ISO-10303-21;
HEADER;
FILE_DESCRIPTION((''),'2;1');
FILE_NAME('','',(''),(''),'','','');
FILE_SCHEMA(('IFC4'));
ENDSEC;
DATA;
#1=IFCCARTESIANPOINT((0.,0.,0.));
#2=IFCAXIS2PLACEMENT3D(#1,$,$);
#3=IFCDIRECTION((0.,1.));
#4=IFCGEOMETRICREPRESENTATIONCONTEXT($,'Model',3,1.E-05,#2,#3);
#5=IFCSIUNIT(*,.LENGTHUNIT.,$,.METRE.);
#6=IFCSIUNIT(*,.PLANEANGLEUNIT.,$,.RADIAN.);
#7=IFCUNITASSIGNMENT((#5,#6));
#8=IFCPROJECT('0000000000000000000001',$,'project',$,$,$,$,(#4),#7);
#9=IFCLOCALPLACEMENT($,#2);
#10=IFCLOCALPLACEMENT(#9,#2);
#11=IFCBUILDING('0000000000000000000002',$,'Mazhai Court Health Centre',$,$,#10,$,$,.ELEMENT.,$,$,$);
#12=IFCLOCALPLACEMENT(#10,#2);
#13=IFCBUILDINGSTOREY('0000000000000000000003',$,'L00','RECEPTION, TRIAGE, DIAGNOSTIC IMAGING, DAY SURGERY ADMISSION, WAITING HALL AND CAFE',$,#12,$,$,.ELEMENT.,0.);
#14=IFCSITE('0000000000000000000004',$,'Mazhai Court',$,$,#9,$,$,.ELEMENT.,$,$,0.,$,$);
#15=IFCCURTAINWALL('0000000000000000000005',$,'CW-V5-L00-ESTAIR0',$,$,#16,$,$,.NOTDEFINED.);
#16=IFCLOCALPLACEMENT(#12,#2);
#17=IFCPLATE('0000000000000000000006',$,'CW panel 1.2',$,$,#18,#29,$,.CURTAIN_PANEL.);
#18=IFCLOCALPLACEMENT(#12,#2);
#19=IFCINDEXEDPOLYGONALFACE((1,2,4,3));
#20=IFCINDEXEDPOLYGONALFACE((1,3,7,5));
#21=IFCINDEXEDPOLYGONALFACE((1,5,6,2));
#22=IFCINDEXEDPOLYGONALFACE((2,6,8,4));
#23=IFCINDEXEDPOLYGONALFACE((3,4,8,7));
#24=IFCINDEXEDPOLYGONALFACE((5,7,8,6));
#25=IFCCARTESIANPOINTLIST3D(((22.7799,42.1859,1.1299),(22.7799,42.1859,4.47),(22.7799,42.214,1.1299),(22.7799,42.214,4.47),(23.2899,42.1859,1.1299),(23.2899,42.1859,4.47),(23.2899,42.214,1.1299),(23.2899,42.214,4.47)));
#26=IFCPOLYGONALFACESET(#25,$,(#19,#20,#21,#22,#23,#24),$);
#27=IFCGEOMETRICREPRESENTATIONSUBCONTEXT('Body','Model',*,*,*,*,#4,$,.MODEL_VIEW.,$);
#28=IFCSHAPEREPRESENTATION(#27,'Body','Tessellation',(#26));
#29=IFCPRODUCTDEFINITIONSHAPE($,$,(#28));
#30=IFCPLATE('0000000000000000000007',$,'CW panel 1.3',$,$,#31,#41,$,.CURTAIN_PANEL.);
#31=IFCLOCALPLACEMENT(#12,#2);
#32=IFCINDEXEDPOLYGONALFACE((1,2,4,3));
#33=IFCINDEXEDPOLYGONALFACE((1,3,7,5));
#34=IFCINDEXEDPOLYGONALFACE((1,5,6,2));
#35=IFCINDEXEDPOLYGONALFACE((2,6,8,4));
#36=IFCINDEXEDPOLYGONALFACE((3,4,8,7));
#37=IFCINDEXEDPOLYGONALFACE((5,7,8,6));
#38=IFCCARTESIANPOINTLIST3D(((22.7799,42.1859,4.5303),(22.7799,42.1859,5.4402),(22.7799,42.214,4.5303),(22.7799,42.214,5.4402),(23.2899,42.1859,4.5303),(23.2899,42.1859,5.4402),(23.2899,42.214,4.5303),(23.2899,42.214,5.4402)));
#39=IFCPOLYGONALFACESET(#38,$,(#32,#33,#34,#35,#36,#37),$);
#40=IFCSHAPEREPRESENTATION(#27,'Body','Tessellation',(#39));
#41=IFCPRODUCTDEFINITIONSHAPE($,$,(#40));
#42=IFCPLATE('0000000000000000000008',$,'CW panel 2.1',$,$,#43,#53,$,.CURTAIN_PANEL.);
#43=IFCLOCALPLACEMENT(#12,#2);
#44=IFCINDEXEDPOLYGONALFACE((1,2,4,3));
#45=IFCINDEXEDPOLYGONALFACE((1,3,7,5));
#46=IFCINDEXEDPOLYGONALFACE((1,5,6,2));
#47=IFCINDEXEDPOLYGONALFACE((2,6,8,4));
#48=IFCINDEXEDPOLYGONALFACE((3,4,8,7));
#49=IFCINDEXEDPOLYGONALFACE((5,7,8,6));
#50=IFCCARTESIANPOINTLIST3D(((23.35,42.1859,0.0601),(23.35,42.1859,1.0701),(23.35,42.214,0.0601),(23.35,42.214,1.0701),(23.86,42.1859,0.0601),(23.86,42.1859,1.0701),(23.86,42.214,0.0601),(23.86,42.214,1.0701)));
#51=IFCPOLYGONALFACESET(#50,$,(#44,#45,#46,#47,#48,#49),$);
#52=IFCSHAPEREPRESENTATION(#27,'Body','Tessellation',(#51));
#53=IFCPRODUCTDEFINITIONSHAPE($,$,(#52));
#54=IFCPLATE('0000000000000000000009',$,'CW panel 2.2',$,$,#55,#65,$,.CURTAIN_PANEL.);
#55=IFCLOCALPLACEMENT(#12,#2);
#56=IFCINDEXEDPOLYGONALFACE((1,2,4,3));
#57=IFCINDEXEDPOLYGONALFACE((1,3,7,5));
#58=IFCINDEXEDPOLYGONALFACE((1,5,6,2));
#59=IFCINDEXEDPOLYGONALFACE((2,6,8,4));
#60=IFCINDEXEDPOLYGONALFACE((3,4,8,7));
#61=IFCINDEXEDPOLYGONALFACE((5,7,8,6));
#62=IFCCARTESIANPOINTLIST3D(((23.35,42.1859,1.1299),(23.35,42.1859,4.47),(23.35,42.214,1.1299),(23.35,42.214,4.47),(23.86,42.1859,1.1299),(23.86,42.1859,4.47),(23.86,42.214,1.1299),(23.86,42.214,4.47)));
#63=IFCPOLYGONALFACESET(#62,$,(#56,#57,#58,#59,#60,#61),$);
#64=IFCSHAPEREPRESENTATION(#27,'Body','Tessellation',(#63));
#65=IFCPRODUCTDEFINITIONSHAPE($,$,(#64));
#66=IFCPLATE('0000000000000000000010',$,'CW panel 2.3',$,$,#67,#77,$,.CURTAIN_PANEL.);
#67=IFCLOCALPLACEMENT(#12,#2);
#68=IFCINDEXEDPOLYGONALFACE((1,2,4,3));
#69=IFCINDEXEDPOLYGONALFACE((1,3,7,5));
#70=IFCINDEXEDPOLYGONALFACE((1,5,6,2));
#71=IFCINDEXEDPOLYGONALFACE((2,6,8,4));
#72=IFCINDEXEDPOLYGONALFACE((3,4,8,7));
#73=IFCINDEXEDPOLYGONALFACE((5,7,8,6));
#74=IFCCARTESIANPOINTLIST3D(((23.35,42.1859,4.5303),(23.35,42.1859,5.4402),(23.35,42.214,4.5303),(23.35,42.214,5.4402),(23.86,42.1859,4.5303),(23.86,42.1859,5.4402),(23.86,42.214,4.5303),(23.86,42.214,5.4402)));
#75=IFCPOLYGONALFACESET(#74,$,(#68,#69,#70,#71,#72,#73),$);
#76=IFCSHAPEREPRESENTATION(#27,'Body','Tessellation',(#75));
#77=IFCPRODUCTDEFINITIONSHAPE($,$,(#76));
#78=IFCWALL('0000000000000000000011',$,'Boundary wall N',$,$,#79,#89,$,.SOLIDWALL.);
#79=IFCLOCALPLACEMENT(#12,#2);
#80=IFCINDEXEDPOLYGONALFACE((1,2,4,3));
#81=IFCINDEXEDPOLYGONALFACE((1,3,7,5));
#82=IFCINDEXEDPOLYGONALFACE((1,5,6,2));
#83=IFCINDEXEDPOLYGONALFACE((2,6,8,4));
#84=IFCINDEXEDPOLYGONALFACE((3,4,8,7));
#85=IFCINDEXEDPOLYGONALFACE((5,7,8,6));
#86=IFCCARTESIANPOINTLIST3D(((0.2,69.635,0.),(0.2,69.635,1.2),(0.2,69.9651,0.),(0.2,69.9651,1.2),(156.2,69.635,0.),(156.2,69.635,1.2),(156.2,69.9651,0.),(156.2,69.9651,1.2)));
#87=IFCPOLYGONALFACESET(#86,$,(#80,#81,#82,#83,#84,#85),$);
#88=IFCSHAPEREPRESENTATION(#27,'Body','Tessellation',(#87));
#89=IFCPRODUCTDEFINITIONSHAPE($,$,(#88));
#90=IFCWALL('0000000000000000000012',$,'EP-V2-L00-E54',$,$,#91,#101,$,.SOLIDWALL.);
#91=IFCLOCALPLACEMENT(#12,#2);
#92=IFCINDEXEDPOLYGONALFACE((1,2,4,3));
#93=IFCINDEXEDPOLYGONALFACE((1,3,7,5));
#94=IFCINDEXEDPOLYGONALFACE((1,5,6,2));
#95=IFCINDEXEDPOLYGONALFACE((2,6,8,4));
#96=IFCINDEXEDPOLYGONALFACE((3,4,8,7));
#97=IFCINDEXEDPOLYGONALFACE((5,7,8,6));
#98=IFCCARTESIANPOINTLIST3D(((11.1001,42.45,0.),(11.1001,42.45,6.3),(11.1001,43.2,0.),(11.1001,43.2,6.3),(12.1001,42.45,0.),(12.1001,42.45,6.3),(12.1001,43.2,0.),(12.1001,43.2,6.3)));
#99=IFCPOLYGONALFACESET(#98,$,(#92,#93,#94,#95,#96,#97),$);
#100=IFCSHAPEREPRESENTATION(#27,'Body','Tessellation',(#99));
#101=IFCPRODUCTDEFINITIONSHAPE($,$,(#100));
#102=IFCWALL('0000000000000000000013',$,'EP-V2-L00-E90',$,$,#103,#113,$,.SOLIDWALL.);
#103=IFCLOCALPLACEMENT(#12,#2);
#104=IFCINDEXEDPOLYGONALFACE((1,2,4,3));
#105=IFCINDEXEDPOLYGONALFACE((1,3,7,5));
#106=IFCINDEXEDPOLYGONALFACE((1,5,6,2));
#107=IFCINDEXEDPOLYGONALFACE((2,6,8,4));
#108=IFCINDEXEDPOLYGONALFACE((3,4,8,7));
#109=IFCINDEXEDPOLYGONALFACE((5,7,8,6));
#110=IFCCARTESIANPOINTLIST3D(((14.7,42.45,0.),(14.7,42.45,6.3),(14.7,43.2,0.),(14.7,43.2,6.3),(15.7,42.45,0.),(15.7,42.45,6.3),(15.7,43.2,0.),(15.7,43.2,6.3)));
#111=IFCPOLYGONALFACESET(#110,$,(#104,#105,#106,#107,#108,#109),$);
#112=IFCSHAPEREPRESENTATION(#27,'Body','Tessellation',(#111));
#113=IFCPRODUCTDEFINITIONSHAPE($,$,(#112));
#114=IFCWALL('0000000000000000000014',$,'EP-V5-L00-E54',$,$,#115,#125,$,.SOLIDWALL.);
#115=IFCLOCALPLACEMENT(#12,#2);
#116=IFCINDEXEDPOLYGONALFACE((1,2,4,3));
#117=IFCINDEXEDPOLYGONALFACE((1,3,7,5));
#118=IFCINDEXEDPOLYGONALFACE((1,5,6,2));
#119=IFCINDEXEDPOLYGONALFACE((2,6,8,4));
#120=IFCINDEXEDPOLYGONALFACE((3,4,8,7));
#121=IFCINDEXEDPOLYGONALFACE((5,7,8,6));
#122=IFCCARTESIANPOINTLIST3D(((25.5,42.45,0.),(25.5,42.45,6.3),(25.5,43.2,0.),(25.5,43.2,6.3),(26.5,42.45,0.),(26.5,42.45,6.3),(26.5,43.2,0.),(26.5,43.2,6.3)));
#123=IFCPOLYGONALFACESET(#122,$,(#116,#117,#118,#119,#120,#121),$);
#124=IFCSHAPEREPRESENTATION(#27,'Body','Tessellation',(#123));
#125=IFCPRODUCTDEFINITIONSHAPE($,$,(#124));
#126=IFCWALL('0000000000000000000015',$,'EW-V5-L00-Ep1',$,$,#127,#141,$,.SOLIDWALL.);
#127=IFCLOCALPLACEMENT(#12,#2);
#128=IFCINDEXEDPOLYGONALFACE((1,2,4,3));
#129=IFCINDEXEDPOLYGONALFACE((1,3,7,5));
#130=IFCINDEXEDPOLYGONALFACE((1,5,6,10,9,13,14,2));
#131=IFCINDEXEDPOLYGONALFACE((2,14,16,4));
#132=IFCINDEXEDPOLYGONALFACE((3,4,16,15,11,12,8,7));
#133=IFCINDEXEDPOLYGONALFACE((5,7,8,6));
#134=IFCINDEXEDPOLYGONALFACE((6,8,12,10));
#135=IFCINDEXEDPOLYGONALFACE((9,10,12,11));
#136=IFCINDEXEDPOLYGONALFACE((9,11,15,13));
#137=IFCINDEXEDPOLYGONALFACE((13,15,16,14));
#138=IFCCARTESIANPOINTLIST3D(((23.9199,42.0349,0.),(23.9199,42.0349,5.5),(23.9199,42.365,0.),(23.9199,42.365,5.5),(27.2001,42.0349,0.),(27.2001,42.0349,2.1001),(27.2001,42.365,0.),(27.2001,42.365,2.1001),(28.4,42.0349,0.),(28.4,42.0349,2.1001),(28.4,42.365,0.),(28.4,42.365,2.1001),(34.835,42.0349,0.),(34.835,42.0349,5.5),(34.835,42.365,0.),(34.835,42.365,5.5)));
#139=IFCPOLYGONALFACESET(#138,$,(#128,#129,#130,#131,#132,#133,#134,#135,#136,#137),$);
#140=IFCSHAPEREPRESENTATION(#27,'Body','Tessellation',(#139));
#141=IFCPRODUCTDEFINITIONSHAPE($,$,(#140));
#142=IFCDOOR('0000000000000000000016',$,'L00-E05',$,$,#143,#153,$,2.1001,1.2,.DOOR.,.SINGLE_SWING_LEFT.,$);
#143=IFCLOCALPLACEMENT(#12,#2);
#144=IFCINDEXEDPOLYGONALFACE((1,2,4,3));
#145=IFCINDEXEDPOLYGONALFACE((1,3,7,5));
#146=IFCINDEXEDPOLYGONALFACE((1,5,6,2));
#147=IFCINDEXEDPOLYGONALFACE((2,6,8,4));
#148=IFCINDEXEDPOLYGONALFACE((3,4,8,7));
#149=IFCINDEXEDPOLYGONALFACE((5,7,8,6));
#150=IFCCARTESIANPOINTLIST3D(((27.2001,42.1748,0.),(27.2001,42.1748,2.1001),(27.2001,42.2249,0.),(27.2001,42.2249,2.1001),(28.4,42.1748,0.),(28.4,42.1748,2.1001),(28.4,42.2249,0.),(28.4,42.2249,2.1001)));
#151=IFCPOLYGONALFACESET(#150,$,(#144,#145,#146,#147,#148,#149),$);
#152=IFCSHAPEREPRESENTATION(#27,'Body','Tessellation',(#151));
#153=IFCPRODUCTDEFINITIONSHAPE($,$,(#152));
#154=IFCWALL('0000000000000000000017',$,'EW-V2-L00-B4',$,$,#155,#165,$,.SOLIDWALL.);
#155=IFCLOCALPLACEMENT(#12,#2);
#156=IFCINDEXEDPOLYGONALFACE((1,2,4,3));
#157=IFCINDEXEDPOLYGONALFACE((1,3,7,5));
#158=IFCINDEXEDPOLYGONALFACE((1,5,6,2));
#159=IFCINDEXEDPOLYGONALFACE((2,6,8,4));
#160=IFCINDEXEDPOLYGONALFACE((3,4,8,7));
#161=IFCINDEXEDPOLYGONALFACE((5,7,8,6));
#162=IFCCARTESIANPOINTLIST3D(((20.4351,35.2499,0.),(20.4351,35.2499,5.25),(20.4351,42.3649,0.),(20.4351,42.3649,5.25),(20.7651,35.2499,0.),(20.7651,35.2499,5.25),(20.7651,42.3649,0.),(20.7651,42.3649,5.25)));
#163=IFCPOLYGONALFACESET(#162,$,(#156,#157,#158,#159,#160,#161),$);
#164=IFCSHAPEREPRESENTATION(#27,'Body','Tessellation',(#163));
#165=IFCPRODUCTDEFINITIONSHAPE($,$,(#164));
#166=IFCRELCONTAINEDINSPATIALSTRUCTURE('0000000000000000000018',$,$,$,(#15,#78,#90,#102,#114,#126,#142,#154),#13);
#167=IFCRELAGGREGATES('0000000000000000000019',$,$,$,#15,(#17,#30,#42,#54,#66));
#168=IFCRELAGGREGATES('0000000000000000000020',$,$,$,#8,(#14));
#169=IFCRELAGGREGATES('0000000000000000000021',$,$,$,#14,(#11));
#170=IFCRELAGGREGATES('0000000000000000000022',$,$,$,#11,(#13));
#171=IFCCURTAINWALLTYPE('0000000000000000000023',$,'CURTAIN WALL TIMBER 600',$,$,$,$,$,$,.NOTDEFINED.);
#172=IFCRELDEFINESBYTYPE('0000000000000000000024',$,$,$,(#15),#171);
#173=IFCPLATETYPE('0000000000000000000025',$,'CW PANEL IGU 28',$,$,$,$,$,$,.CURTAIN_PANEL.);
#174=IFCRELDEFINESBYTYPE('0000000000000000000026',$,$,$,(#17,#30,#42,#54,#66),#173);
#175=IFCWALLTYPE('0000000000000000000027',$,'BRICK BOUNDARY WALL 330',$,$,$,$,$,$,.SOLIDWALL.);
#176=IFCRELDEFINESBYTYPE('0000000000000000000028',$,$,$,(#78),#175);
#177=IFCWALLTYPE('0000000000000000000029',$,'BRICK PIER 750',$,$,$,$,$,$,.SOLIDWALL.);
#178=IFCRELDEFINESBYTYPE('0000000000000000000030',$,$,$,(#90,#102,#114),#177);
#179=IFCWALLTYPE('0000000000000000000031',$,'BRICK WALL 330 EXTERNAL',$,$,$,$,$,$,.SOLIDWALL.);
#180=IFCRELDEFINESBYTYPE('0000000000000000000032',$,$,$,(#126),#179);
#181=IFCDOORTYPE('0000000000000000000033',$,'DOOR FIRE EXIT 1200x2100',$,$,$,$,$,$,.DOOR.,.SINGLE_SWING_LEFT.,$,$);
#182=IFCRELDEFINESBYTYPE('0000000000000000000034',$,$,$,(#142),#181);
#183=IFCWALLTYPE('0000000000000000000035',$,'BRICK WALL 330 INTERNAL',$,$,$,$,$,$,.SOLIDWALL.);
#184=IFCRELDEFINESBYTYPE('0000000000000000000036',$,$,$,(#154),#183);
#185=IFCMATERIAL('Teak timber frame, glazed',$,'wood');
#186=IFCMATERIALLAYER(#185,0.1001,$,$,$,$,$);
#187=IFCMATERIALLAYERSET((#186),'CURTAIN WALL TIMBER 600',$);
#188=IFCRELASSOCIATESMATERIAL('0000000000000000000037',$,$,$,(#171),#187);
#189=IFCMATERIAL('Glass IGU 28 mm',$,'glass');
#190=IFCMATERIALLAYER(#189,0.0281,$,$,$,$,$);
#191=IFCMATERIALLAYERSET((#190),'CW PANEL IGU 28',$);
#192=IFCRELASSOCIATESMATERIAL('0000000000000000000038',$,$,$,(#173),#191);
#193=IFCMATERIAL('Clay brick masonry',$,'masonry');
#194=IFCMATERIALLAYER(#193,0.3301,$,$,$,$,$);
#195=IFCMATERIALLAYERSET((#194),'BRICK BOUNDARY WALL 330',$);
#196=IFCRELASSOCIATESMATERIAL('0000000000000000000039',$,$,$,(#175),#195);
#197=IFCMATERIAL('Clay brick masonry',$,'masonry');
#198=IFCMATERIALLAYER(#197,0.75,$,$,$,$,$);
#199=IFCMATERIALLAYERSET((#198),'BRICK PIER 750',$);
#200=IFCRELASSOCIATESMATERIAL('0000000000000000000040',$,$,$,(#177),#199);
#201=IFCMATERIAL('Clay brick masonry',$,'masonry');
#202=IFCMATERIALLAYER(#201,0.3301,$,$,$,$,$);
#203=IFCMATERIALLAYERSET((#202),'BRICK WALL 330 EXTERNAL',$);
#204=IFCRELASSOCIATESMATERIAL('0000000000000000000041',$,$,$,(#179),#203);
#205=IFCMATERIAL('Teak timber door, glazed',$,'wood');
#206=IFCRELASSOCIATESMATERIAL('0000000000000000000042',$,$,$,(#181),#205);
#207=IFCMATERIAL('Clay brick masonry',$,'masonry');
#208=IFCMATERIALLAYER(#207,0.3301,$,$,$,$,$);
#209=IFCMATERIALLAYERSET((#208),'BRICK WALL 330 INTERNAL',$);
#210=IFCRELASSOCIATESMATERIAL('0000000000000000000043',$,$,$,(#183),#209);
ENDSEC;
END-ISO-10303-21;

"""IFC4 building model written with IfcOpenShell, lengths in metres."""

from ifc_helpers import new_model, si_unit, direction, frame, frame_2d, origin, origin_2d, place, context, subcontext, project, spatial, rectangle, extrude, material, layer, layer_set, type_object, element, fill, aggregate, save


model = new_model("IFC4")

# Units and contexts
model_context = context("Model", 3, precision=1e-05, world=origin(), true_north=direction((0.0, 1.0)))
body_context = subcontext(model_context, "Body", "Model", "MODEL_VIEW")
ifc_project = project(units=[si_unit("LENGTHUNIT", "METRE"), si_unit("PLANEANGLEUNIT", "RADIAN")], contexts=[model_context])

# Site, building, storey
site_placement = place(None, origin())
site = spatial("IfcSite", under=ifc_project, at=site_placement, Name="Mazhai Court", CompositionType="ELEMENT", RefElevation=0.0)
building_placement = place(site_placement, origin())
building = spatial("IfcBuilding", under=site, at=building_placement, Name="Mazhai Court Health Centre", CompositionType="ELEMENT")
storey_placement = place(building_placement, origin())
storey = spatial("IfcBuildingStorey", under=building, at=storey_placement, Name="L00", Description="RECEPTION, TRIAGE, DIAGNOSTIC IMAGING, DAY SURGERY ADMISSION, WAITING HALL AND CAFE", CompositionType="ELEMENT", Elevation=0.0)

# Curtain wall, plates
ifc_material_1 = material(Name="Teak timber frame, glazed", Category="wood")
ifc_layer_1 = layer(ifc_material_1, 0.1001)
ifc_layer_set_1 = layer_set([ifc_layer_1], Name="CURTAIN WALL TIMBER 600")
curtain_wall_type = type_object("IfcCurtainWallType", Name="CURTAIN WALL TIMBER 600", PredefinedType="NOTDEFINED", material=ifc_layer_set_1)
curtain_wall_placement = place(storey_placement, origin())
curtain_wall = element("IfcCurtainWall", 1, at=curtain_wall_placement, inside=storey, type_object=curtain_wall_type, Name="CW-V5-L00-ESTAIR0", PredefinedType="NOTDEFINED")
ifc_material_2 = material(Name="Glass IGU 28 mm", Category="glass")
ifc_layer_2 = layer(ifc_material_2, 0.0281)
ifc_layer_set_2 = layer_set([ifc_layer_2], Name="CW PANEL IGU 28")
plate_type = type_object("IfcPlateType", Name="CW PANEL IGU 28", PredefinedType="CURTAIN_PANEL", material=ifc_layer_set_2)
plate_1_placement = place(storey_placement, frame((23.0349, 42.2, 1.1299), z_axis=(0.0, 0.0, 1.0), x_axis=(1.0, 0.0, 0.0)))
plate_1 = element("IfcPlate", 2, at=plate_1_placement, type_object=plate_type, Name="CW panel 1.2", PredefinedType="CURTAIN_PANEL", context=body_context, shape_type="SweptSolid", body=[
    extrude(rectangle(XDim=0.51, YDim=0.0281, at=origin_2d()), origin(), (0.0, 0.0, 1.0), 3.3401),
])
plate_2_placement = place(storey_placement, frame((23.0349, 42.2, 4.5303), z_axis=(0.0, 0.0, 1.0), x_axis=(1.0, 0.0, 0.0)))
plate_2 = element("IfcPlate", 3, at=plate_2_placement, type_object=plate_type, Name="CW panel 1.3", PredefinedType="CURTAIN_PANEL", context=body_context, shape_type="SweptSolid", body=[
    extrude(rectangle(XDim=0.51, YDim=0.0281, at=origin_2d()), origin(), (0.0, 0.0, 1.0), 0.9099),
])
plate_3_placement = place(storey_placement, frame((23.605, 42.2, 0.0601), z_axis=(0.0, 0.0, 1.0), x_axis=(1.0, 0.0, 0.0)))
plate_3 = element("IfcPlate", 4, at=plate_3_placement, type_object=plate_type, Name="CW panel 2.1", PredefinedType="CURTAIN_PANEL", context=body_context, shape_type="SweptSolid", body=[
    extrude(rectangle(XDim=0.51, YDim=0.0281, at=origin_2d()), origin(), (0.0, 0.0, 1.0), 1.01),
])
plate_4_placement = place(storey_placement, frame((23.605, 42.2, 1.1299), z_axis=(0.0, 0.0, 1.0), x_axis=(1.0, 0.0, 0.0)))
plate_4 = element("IfcPlate", 5, at=plate_4_placement, type_object=plate_type, Name="CW panel 2.2", PredefinedType="CURTAIN_PANEL", context=body_context, shape_type="SweptSolid", body=[
    extrude(rectangle(XDim=0.51, YDim=0.0281, at=origin_2d()), origin(), (0.0, 0.0, 1.0), 3.3401),
])
plate_5_placement = place(storey_placement, frame((23.605, 42.2, 4.5303), z_axis=(0.0, 0.0, 1.0), x_axis=(1.0, 0.0, 0.0)))
plate_5 = element("IfcPlate", 6, at=plate_5_placement, type_object=plate_type, Name="CW panel 2.3", PredefinedType="CURTAIN_PANEL", context=body_context, shape_type="SweptSolid", body=[
    extrude(rectangle(XDim=0.51, YDim=0.0281, at=origin_2d()), origin(), (0.0, 0.0, 1.0), 0.9099),
])
aggregate(curtain_wall, [plate_1, plate_2, plate_3, plate_4, plate_5])

# Walls
ifc_material_3 = material(Name="Clay brick masonry", Category="masonry")
ifc_layer_3 = layer(ifc_material_3, 0.3301)
ifc_layer_set_3 = layer_set([ifc_layer_3], Name="BRICK BOUNDARY WALL 330")
wall_type_1 = type_object("IfcWallType", Name="BRICK BOUNDARY WALL 330", PredefinedType="SOLIDWALL", material=ifc_layer_set_3)
wall_1_placement = place(storey_placement, frame((0.2, 69.8, 0.0), z_axis=(0.0, 0.0, 1.0), x_axis=(1.0, 0.0, 0.0)))
element("IfcWall", 7, at=wall_1_placement, inside=storey, type_object=wall_type_1, Name="Boundary wall N", PredefinedType="SOLIDWALL", context=body_context, shape_type="SweptSolid", body=[
    extrude(rectangle(XDim=156.0, YDim=0.3301, at=frame_2d((78.0, 0.0))), origin(), (0.0, 0.0, 1.0), 1.2),
])
ifc_material_4 = material(Name="Clay brick masonry", Category="masonry")
ifc_layer_4 = layer(ifc_material_4, 0.75)
ifc_layer_set_4 = layer_set([ifc_layer_4], Name="BRICK PIER 750")
wall_type_2 = type_object("IfcWallType", Name="BRICK PIER 750", PredefinedType="SOLIDWALL", material=ifc_layer_set_4)
for number, where, z_axis, x_axis, name in (
    (8, (11.1001, 42.825, 0.0), (0.0, 0.0, 1.0), (1.0, 0.0, 0.0), "EP-V2-L00-E54"),
    (9, (14.7, 42.825, 0.0), (0.0, 0.0, 1.0), (1.0, 0.0, 0.0), "EP-V2-L00-E90"),
    (10, (25.5, 42.825, 0.0), (0.0, 0.0, 1.0), (1.0, 0.0, 0.0), "EP-V5-L00-E54"),
):
    element("IfcWall", number, at=place(storey_placement, frame(where, z_axis=z_axis, x_axis=x_axis)), inside=storey, type_object=wall_type_2, Name=name, PredefinedType="SOLIDWALL", context=body_context, shape_type="SweptSolid", body=[
        extrude(rectangle(XDim=1.0, YDim=0.75, at=frame_2d((0.5, 0.0))), origin(), (0.0, 0.0, 1.0), 6.3),
    ])

# Wall, opening, door
ifc_material_5 = material(Name="Clay brick masonry", Category="masonry")
ifc_layer_5 = layer(ifc_material_5, 0.3301)
ifc_layer_set_5 = layer_set([ifc_layer_5], Name="BRICK WALL 330 EXTERNAL")
wall_type_3 = type_object("IfcWallType", Name="BRICK WALL 330 EXTERNAL", PredefinedType="SOLIDWALL", material=ifc_layer_set_5)
wall_2_placement = place(storey_placement, frame((23.9199, 42.2, 0.0), z_axis=(0.0, 0.0, 1.0), x_axis=(1.0, 0.0, 0.0)))
wall_2 = element("IfcWall", 11, at=wall_2_placement, inside=storey, type_object=wall_type_3, Name="EW-V5-L00-Ep1", PredefinedType="SOLIDWALL", context=body_context, shape_type="SweptSolid", body=[
    extrude(rectangle(XDim=10.915, YDim=0.3301, at=frame_2d((5.4575, 0.0))), origin(), (0.0, 0.0, 1.0), 5.5),
])
opening_placement = place(wall_2_placement, frame((3.28, 0.0, 0.0)))
opening = element("IfcOpeningElement", 12, at=opening_placement, cuts=wall_2, PredefinedType="OPENING", context=body_context, shape_type="SweptSolid", body=[
    extrude(rectangle(XDim=1.2, YDim=2.1001, at=frame_2d((0.6001, 1.05))), frame((0.0, 0.175, 0.0), z_axis=(0.0, -1.0, 0.0), x_axis=(1.0, 0.0, 0.0)), (0.0, 0.0, 1.0), 0.3501),
])
ifc_material_6 = material(Name="Teak timber door, glazed", Category="wood")
door_type = type_object("IfcDoorType", Name="DOOR FIRE EXIT 1200x2100", OperationType="SINGLE_SWING_LEFT", PredefinedType="DOOR", material=ifc_material_6)
door_placement = place(opening_placement, origin())
door = element("IfcDoor", 13, at=door_placement, inside=storey, type_object=door_type, Name="L00-E05", OperationType="SINGLE_SWING_LEFT", OverallHeight=2.1001, OverallWidth=1.2, PredefinedType="DOOR", context=body_context, shape_type="SweptSolid", body=[
    extrude(rectangle(XDim=1.2, YDim=2.1001, at=frame_2d((0.6001, 1.05))), frame((0.0, 0.0249, 0.0), z_axis=(0.0, -1.0, 0.0), x_axis=(1.0, 0.0, 0.0)), (0.0, 0.0, 1.0), 0.05),
])
fill(opening, door)

# Wall
ifc_material_7 = material(Name="Clay brick masonry", Category="masonry")
ifc_layer_6 = layer(ifc_material_7, 0.3301)
ifc_layer_set_6 = layer_set([ifc_layer_6], Name="BRICK WALL 330 INTERNAL")
wall_type_4 = type_object("IfcWallType", Name="BRICK WALL 330 INTERNAL", PredefinedType="SOLIDWALL", material=ifc_layer_set_6)
wall_3_placement = place(storey_placement, frame((20.6001, 42.365, 0.0), z_axis=(0.0, 0.0, 1.0), x_axis=(0.0, -1.0, 0.0)))
element("IfcWall", 14, at=wall_3_placement, inside=storey, type_object=wall_type_4, Name="EW-V2-L00-B4", PredefinedType="SOLIDWALL", context=body_context, shape_type="SweptSolid", body=[
    extrude(rectangle(XDim=7.115, YDim=0.3301, at=frame_2d((3.5576, 0.0))), origin(), (0.0, 0.0, 1.0), 5.25),
])

save(model, "model.ifc")
